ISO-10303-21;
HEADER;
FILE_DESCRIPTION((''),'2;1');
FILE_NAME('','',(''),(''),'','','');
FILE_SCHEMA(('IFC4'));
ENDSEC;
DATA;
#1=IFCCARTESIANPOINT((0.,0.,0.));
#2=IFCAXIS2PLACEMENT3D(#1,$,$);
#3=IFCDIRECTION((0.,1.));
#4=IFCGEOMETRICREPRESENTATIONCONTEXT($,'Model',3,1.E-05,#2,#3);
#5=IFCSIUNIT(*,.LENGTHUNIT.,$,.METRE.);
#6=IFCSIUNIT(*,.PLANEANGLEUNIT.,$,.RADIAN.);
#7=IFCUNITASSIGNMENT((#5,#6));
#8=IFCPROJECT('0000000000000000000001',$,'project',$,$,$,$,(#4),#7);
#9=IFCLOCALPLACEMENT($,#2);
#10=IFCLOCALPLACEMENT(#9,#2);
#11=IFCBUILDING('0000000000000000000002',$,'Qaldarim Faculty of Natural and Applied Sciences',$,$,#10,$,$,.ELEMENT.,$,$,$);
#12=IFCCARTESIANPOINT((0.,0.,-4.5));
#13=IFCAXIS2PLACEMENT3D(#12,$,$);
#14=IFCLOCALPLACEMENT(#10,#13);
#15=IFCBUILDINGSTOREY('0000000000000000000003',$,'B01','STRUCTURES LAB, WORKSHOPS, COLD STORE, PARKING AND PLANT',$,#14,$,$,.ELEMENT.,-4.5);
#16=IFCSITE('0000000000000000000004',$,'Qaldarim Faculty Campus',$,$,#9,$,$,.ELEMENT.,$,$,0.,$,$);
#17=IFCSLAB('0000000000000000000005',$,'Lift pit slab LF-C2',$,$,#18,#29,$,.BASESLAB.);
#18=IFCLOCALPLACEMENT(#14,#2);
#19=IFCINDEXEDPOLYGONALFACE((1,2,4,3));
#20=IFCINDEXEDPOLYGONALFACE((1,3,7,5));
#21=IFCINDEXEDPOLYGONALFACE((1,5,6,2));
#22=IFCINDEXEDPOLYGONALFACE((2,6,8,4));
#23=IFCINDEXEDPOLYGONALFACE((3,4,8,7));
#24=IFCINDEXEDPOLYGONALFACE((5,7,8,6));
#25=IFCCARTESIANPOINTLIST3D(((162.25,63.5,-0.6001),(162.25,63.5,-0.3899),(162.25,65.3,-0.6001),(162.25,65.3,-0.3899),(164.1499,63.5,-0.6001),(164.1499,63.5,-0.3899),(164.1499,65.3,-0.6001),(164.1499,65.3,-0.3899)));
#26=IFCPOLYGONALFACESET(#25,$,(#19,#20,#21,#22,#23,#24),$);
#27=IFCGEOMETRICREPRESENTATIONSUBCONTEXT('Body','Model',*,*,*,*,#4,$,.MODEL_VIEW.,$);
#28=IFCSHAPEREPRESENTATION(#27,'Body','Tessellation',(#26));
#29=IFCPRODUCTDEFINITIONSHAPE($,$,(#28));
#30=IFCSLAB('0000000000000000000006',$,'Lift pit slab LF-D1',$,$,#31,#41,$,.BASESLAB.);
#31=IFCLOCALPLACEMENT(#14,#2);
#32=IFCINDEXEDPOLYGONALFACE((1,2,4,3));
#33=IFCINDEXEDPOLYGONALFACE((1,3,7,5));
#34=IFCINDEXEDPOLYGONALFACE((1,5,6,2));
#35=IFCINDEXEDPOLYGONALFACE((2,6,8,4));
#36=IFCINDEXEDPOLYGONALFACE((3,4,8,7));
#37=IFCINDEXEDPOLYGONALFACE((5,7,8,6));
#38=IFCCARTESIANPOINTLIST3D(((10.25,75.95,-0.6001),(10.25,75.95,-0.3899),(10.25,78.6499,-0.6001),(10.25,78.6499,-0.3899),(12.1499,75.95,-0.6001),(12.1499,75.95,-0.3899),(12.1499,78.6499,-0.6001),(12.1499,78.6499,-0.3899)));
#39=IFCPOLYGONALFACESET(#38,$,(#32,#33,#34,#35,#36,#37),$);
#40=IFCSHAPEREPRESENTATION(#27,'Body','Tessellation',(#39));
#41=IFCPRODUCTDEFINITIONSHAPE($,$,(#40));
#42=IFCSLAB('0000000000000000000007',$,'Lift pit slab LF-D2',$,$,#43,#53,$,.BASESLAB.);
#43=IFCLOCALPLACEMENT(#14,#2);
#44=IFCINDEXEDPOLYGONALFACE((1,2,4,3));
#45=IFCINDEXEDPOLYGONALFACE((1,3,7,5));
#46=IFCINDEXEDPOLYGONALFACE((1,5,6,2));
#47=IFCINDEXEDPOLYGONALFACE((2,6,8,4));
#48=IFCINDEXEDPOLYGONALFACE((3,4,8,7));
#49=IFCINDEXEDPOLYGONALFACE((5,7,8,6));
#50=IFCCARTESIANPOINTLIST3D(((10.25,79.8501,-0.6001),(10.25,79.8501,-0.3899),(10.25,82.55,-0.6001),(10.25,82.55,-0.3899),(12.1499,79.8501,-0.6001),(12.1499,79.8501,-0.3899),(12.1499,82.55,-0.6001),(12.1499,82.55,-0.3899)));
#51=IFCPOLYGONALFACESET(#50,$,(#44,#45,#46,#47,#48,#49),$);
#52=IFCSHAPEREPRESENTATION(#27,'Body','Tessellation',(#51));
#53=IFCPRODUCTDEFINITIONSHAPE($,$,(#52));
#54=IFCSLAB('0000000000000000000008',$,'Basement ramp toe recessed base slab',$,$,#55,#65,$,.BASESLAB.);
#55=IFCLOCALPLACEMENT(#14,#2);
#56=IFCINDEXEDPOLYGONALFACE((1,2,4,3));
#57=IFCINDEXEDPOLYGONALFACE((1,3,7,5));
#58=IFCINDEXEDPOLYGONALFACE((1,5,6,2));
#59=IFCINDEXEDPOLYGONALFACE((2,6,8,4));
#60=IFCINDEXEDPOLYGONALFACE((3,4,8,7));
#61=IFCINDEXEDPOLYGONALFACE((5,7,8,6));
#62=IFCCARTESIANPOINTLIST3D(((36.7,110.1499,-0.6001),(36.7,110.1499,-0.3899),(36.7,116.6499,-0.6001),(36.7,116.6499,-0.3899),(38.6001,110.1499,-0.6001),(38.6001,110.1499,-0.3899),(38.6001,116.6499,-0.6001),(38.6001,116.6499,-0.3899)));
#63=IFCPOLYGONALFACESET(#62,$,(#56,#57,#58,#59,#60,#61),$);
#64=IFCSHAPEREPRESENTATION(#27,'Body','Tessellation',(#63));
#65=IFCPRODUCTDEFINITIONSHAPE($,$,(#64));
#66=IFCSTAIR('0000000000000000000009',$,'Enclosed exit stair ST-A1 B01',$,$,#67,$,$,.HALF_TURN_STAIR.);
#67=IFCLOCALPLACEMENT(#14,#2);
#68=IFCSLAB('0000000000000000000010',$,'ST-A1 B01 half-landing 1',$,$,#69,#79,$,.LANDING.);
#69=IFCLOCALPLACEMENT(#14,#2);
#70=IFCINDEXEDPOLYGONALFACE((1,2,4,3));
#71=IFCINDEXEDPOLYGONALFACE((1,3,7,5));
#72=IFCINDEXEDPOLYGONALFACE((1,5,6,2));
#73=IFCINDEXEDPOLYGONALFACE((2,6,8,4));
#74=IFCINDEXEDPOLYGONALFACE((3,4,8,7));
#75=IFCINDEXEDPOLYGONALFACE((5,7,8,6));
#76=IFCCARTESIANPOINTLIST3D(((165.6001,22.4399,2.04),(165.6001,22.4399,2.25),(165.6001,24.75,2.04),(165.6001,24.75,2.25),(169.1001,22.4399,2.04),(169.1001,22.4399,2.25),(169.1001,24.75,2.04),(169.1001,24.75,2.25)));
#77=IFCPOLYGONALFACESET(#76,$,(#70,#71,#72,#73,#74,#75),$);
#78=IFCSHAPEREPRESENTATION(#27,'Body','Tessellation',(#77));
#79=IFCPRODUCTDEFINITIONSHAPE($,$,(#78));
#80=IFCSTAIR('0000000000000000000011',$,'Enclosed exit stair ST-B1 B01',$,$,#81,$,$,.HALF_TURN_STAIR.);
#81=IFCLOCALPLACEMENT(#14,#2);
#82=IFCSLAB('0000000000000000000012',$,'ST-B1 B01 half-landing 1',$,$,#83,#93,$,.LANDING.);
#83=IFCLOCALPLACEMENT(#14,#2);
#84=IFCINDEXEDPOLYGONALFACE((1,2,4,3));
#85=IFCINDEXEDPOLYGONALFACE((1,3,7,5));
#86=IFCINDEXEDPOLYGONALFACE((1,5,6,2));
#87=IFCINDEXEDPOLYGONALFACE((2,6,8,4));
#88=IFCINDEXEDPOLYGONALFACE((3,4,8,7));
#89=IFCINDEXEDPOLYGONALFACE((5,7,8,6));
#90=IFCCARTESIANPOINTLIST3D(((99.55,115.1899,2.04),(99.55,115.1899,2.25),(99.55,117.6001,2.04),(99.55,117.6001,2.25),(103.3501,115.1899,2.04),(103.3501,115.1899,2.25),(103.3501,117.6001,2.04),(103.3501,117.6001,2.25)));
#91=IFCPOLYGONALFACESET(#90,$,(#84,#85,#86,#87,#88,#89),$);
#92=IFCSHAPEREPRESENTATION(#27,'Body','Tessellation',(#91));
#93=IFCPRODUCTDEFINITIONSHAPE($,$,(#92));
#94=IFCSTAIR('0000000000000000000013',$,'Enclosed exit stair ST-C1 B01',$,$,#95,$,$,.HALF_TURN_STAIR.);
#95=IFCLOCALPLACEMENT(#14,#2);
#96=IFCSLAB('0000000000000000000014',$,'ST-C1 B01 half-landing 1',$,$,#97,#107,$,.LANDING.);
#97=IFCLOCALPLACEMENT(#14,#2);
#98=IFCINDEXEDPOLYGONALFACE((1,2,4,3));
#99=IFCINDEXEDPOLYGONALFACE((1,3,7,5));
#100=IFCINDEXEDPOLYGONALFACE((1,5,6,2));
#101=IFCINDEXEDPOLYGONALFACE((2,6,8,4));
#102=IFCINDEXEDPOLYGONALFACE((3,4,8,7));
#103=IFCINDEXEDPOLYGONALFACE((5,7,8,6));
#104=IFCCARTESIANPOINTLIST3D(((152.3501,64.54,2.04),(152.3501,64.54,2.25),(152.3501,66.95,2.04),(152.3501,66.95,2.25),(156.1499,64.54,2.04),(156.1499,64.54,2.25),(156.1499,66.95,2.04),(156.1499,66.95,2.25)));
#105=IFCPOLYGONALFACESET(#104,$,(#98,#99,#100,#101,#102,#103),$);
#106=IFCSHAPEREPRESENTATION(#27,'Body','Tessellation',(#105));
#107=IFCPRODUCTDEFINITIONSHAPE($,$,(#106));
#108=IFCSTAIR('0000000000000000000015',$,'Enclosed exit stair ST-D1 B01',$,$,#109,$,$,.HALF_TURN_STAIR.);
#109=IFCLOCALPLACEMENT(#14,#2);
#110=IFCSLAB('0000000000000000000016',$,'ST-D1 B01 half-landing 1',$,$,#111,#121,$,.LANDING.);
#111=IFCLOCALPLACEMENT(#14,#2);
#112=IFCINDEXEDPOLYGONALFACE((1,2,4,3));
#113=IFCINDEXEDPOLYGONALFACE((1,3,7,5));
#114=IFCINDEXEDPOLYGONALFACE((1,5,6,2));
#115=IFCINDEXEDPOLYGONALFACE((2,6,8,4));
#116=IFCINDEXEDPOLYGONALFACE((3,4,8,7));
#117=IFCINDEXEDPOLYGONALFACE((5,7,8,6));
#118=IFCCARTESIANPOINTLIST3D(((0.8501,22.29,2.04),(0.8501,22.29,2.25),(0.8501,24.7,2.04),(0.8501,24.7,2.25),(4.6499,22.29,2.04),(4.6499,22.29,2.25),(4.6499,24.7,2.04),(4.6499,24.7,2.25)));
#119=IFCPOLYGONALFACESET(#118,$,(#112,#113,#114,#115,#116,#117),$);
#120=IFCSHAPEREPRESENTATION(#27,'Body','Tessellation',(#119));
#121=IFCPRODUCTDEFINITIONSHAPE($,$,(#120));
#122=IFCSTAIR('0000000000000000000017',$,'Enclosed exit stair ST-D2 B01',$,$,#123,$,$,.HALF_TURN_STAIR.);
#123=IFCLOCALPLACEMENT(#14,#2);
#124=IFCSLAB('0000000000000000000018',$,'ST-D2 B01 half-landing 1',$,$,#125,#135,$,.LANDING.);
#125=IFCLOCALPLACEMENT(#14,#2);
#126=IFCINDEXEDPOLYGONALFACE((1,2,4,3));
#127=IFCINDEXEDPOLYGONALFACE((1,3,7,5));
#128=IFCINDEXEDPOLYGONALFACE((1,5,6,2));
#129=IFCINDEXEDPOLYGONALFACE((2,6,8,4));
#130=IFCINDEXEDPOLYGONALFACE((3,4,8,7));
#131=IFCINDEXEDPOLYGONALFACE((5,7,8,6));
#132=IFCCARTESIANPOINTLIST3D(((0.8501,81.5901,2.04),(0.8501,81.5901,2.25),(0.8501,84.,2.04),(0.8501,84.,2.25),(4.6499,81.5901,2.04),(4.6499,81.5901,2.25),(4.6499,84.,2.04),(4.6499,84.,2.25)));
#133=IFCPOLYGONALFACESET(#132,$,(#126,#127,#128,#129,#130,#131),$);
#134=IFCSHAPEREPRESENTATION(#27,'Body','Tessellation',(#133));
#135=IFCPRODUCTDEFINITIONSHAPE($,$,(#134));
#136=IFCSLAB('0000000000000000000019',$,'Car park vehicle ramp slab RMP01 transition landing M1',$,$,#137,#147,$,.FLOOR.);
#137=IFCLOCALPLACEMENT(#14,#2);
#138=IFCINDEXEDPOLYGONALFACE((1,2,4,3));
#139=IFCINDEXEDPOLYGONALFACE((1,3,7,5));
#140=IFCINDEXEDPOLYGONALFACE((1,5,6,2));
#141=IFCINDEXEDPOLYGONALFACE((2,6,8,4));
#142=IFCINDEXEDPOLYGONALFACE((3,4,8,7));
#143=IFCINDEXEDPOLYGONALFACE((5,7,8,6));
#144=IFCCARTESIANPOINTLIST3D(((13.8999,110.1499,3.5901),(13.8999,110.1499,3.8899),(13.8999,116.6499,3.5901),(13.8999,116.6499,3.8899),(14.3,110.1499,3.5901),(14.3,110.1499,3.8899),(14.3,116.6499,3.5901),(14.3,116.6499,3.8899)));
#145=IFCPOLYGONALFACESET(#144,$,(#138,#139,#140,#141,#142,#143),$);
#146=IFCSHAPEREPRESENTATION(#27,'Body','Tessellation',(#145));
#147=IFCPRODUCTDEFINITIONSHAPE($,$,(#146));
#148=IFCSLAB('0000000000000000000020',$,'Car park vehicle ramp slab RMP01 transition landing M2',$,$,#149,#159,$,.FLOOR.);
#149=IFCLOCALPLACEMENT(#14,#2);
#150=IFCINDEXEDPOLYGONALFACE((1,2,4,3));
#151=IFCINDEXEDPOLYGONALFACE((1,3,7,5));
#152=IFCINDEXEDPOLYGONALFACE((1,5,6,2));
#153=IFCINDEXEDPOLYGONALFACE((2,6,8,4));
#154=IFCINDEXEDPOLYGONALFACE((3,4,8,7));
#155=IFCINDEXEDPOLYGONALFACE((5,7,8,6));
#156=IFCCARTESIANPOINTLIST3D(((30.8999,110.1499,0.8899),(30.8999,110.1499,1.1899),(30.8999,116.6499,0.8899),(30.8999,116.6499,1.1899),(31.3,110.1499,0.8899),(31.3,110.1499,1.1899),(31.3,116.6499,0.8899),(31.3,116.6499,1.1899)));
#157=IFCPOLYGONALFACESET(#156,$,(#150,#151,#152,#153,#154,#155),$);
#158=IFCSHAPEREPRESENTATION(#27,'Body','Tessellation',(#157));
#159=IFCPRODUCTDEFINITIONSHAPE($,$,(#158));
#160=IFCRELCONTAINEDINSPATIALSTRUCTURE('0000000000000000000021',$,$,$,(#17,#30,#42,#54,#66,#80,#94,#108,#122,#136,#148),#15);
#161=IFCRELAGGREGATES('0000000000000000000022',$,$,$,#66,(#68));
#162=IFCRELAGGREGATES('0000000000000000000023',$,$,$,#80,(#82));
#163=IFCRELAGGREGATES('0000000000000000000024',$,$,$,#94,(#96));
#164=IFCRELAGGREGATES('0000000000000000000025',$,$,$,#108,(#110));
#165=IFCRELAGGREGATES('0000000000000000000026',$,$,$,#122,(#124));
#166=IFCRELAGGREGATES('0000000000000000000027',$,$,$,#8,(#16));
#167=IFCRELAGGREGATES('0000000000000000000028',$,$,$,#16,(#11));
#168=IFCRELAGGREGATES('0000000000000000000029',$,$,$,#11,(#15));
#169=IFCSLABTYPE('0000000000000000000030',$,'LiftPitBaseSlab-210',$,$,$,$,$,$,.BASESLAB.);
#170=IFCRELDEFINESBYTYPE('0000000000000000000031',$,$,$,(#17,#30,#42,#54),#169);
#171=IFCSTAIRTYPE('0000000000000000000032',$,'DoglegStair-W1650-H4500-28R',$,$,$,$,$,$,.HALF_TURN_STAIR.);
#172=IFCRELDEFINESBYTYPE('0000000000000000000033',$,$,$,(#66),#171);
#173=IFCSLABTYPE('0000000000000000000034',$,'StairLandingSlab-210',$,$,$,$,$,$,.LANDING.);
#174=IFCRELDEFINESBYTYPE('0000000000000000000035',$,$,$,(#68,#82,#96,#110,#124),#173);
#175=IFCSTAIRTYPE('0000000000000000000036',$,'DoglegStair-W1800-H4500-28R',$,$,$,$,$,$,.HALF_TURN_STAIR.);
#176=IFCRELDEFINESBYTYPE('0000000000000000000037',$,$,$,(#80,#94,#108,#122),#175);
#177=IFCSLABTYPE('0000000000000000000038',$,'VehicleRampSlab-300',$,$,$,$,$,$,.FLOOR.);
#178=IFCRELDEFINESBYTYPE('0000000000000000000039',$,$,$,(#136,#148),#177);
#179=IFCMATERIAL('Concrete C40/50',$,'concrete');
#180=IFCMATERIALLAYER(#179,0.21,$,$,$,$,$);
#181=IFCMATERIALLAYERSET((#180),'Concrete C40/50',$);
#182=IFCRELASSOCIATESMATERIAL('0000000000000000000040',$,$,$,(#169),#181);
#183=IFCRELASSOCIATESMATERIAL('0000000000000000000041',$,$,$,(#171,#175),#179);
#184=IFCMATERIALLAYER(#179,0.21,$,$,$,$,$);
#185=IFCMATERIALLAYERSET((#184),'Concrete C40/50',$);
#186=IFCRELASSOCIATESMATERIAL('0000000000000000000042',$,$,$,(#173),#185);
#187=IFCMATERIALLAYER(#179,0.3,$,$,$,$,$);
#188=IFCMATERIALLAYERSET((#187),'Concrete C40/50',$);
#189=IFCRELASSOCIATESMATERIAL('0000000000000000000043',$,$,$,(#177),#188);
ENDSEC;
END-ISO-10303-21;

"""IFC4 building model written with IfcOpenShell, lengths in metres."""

from ifc_helpers import new_model, si_unit, direction, frame, origin, place, context, subcontext, project, spatial, polyline, outline, extrude, material, layer, layer_set, type_object, element, aggregate, save


model = new_model("IFC4")

# Units and contexts
model_context = context("Model", 3, precision=1e-05, world=origin(), true_north=direction((0.0, 1.0)))
body_context = subcontext(model_context, "Body", "Model", "MODEL_VIEW")
ifc_project = project(units=[si_unit("LENGTHUNIT", "METRE"), si_unit("PLANEANGLEUNIT", "RADIAN")], contexts=[model_context])

# Site, building, storey
site_placement = place(None, origin())
site = spatial("IfcSite", under=ifc_project, at=site_placement, Name="Qaldarim Faculty Campus", CompositionType="ELEMENT", RefElevation=0.0)
building_placement = place(site_placement, origin())
building = spatial("IfcBuilding", under=site, at=building_placement, Name="Qaldarim Faculty of Natural and Applied Sciences", CompositionType="ELEMENT")
storey_placement = place(building_placement, frame((0.0, 0.0, -4.5)))
storey = spatial("IfcBuildingStorey", under=building, at=storey_placement, Name="B01", Description="STRUCTURES LAB, WORKSHOPS, COLD STORE, PARKING AND PLANT", CompositionType="ELEMENT", Elevation=-4.5)

# Shared definitions
ifc_material_1 = material(Name="Concrete C40/50", Category="concrete")

# Slabs
ifc_layer_1 = layer(ifc_material_1, 0.21)
ifc_layer_set_1 = layer_set([ifc_layer_1], Name="Concrete C40/50")
slab_type_1 = type_object("IfcSlabType", Name="LiftPitBaseSlab-210", PredefinedType="BASESLAB", material=ifc_layer_set_1)
slab_1_placement = place(storey_placement, frame((0.0, 0.0, -0.6001)))
element("IfcSlab", 1, at=slab_1_placement, inside=storey, type_object=slab_type_1, Name="Lift pit slab LF-C2", PredefinedType="BASESLAB", context=body_context, shape_type="SweptSolid", body=[
    extrude(outline(polyline([(162.25, 63.5), (164.1499, 63.5), (164.1499, 65.3), (162.25, 65.3), (162.25, 63.5)])), origin(), (0.0, 0.0, 1.0), 0.2102),
])
slab_2_placement = place(storey_placement, frame((0.0, 0.0, -0.6001)))
element("IfcSlab", 2, at=slab_2_placement, inside=storey, type_object=slab_type_1, Name="Lift pit slab LF-D1", PredefinedType="BASESLAB", context=body_context, shape_type="SweptSolid", body=[
    extrude(outline(polyline([(10.25, 75.95), (12.1499, 75.95), (12.1499, 78.6499), (10.25, 78.6499), (10.25, 75.95)])), origin(), (0.0, 0.0, 1.0), 0.2102),
])
slab_3_placement = place(storey_placement, frame((0.0, 0.0, -0.6001)))
element("IfcSlab", 3, at=slab_3_placement, inside=storey, type_object=slab_type_1, Name="Lift pit slab LF-D2", PredefinedType="BASESLAB", context=body_context, shape_type="SweptSolid", body=[
    extrude(outline(polyline([(10.25, 79.8501), (12.1499, 79.8501), (12.1499, 82.55), (10.25, 82.55), (10.25, 79.8501)])), origin(), (0.0, 0.0, 1.0), 0.2102),
])
slab_4_placement = place(storey_placement, frame((0.0, 0.0, -0.6001)))
element("IfcSlab", 4, at=slab_4_placement, inside=storey, type_object=slab_type_1, Name="Basement ramp toe recessed base slab", PredefinedType="BASESLAB", context=body_context, shape_type="SweptSolid", body=[
    extrude(outline(polyline([(36.7, 110.1499), (38.6001, 110.1499), (38.6001, 116.6499), (36.7, 116.6499), (36.7, 110.1499)])), origin(), (0.0, 0.0, 1.0), 0.2102),
])

# Stairs, slabs
stair_type_1 = type_object("IfcStairType", Name="DoglegStair-W1650-H4500-28R", PredefinedType="HALF_TURN_STAIR", material=ifc_material_1)
stair_1_placement = place(storey_placement, origin())
stair_1 = element("IfcStair", 5, at=stair_1_placement, inside=storey, type_object=stair_type_1, Name="Enclosed exit stair ST-A1 B01", PredefinedType="HALF_TURN_STAIR")
ifc_layer_2 = layer(ifc_material_1, 0.21)
ifc_layer_set_2 = layer_set([ifc_layer_2], Name="Concrete C40/50")
slab_type_2 = type_object("IfcSlabType", Name="StairLandingSlab-210", PredefinedType="LANDING", material=ifc_layer_set_2)
slab_5_placement = place(storey_placement, frame((0.0, 0.0, 2.04)))
slab_5 = element("IfcSlab", 6, at=slab_5_placement, type_object=slab_type_2, Name="ST-A1 B01 half-landing 1", PredefinedType="LANDING", context=body_context, shape_type="SweptSolid", body=[
    extrude(outline(polyline([(169.1001, 22.4399), (169.1001, 24.75), (165.6001, 24.75), (165.6001, 22.4399), (169.1001, 22.4399)])), origin(), (0.0, 0.0, 1.0), 0.21),
])
aggregate(stair_1, [slab_5])
stair_type_2 = type_object("IfcStairType", Name="DoglegStair-W1800-H4500-28R", PredefinedType="HALF_TURN_STAIR", material=ifc_material_1)
stair_2_placement = place(storey_placement, origin())
stair_2 = element("IfcStair", 7, at=stair_2_placement, inside=storey, type_object=stair_type_2, Name="Enclosed exit stair ST-B1 B01", PredefinedType="HALF_TURN_STAIR")
slab_6_placement = place(storey_placement, frame((0.0, 0.0, 2.04)))
slab_6 = element("IfcSlab", 8, at=slab_6_placement, type_object=slab_type_2, Name="ST-B1 B01 half-landing 1", PredefinedType="LANDING", context=body_context, shape_type="SweptSolid", body=[
    extrude(outline(polyline([(103.3501, 115.1899), (103.3501, 117.6001), (99.55, 117.6001), (99.55, 115.1899), (103.3501, 115.1899)])), origin(), (0.0, 0.0, 1.0), 0.21),
])
aggregate(stair_2, [slab_6])
stair_3_placement = place(storey_placement, origin())
stair_3 = element("IfcStair", 9, at=stair_3_placement, inside=storey, type_object=stair_type_2, Name="Enclosed exit stair ST-C1 B01", PredefinedType="HALF_TURN_STAIR")
slab_7_placement = place(storey_placement, frame((0.0, 0.0, 2.04)))
slab_7 = element("IfcSlab", 10, at=slab_7_placement, type_object=slab_type_2, Name="ST-C1 B01 half-landing 1", PredefinedType="LANDING", context=body_context, shape_type="SweptSolid", body=[
    extrude(outline(polyline([(156.1499, 64.54), (156.1499, 66.95), (152.3501, 66.95), (152.3501, 64.54), (156.1499, 64.54)])), origin(), (0.0, 0.0, 1.0), 0.21),
])
aggregate(stair_3, [slab_7])
stair_4_placement = place(storey_placement, origin())
stair_4 = element("IfcStair", 11, at=stair_4_placement, inside=storey, type_object=stair_type_2, Name="Enclosed exit stair ST-D1 B01", PredefinedType="HALF_TURN_STAIR")
slab_8_placement = place(storey_placement, frame((0.0, 0.0, 2.04)))
slab_8 = element("IfcSlab", 12, at=slab_8_placement, type_object=slab_type_2, Name="ST-D1 B01 half-landing 1", PredefinedType="LANDING", context=body_context, shape_type="SweptSolid", body=[
    extrude(outline(polyline([(4.6499, 22.29), (4.6499, 24.7), (0.8501, 24.7), (0.8501, 22.29), (4.6499, 22.29)])), origin(), (0.0, 0.0, 1.0), 0.21),
])
aggregate(stair_4, [slab_8])
stair_5_placement = place(storey_placement, origin())
stair_5 = element("IfcStair", 13, at=stair_5_placement, inside=storey, type_object=stair_type_2, Name="Enclosed exit stair ST-D2 B01", PredefinedType="HALF_TURN_STAIR")
slab_9_placement = place(storey_placement, frame((0.0, 0.0, 2.04)))
slab_9 = element("IfcSlab", 14, at=slab_9_placement, type_object=slab_type_2, Name="ST-D2 B01 half-landing 1", PredefinedType="LANDING", context=body_context, shape_type="SweptSolid", body=[
    extrude(outline(polyline([(4.6499, 81.5901), (4.6499, 84.0), (0.8501, 84.0), (0.8501, 81.5901), (4.6499, 81.5901)])), origin(), (0.0, 0.0, 1.0), 0.21),
])
aggregate(stair_5, [slab_9])

# Slabs
ifc_layer_3 = layer(ifc_material_1, 0.3)
ifc_layer_set_3 = layer_set([ifc_layer_3], Name="Concrete C40/50")
slab_type_3 = type_object("IfcSlabType", Name="VehicleRampSlab-300", PredefinedType="FLOOR", material=ifc_layer_set_3)
slab_10_placement = place(storey_placement, frame((0.0, 0.0, 3.5901)))
element("IfcSlab", 15, at=slab_10_placement, inside=storey, type_object=slab_type_3, Name="Car park vehicle ramp slab RMP01 transition landing M1", PredefinedType="FLOOR", context=body_context, shape_type="SweptSolid", body=[
    extrude(outline(polyline([(13.8999, 110.1499), (14.3, 110.1499), (14.3, 116.6499), (13.8999, 116.6499), (13.8999, 110.1499)])), origin(), (0.0, 0.0, 1.0), 0.2998),
])
slab_11_placement = place(storey_placement, frame((0.0, 0.0, 0.8899)))
element("IfcSlab", 16, at=slab_11_placement, inside=storey, type_object=slab_type_3, Name="Car park vehicle ramp slab RMP01 transition landing M2", PredefinedType="FLOOR", context=body_context, shape_type="SweptSolid", body=[
    extrude(outline(polyline([(30.8999, 110.1499), (31.3, 110.1499), (31.3, 116.6499), (30.8999, 116.6499), (30.8999, 110.1499)])), origin(), (0.0, 0.0, 1.0), 0.3),
])

save(model, "model.ifc")
